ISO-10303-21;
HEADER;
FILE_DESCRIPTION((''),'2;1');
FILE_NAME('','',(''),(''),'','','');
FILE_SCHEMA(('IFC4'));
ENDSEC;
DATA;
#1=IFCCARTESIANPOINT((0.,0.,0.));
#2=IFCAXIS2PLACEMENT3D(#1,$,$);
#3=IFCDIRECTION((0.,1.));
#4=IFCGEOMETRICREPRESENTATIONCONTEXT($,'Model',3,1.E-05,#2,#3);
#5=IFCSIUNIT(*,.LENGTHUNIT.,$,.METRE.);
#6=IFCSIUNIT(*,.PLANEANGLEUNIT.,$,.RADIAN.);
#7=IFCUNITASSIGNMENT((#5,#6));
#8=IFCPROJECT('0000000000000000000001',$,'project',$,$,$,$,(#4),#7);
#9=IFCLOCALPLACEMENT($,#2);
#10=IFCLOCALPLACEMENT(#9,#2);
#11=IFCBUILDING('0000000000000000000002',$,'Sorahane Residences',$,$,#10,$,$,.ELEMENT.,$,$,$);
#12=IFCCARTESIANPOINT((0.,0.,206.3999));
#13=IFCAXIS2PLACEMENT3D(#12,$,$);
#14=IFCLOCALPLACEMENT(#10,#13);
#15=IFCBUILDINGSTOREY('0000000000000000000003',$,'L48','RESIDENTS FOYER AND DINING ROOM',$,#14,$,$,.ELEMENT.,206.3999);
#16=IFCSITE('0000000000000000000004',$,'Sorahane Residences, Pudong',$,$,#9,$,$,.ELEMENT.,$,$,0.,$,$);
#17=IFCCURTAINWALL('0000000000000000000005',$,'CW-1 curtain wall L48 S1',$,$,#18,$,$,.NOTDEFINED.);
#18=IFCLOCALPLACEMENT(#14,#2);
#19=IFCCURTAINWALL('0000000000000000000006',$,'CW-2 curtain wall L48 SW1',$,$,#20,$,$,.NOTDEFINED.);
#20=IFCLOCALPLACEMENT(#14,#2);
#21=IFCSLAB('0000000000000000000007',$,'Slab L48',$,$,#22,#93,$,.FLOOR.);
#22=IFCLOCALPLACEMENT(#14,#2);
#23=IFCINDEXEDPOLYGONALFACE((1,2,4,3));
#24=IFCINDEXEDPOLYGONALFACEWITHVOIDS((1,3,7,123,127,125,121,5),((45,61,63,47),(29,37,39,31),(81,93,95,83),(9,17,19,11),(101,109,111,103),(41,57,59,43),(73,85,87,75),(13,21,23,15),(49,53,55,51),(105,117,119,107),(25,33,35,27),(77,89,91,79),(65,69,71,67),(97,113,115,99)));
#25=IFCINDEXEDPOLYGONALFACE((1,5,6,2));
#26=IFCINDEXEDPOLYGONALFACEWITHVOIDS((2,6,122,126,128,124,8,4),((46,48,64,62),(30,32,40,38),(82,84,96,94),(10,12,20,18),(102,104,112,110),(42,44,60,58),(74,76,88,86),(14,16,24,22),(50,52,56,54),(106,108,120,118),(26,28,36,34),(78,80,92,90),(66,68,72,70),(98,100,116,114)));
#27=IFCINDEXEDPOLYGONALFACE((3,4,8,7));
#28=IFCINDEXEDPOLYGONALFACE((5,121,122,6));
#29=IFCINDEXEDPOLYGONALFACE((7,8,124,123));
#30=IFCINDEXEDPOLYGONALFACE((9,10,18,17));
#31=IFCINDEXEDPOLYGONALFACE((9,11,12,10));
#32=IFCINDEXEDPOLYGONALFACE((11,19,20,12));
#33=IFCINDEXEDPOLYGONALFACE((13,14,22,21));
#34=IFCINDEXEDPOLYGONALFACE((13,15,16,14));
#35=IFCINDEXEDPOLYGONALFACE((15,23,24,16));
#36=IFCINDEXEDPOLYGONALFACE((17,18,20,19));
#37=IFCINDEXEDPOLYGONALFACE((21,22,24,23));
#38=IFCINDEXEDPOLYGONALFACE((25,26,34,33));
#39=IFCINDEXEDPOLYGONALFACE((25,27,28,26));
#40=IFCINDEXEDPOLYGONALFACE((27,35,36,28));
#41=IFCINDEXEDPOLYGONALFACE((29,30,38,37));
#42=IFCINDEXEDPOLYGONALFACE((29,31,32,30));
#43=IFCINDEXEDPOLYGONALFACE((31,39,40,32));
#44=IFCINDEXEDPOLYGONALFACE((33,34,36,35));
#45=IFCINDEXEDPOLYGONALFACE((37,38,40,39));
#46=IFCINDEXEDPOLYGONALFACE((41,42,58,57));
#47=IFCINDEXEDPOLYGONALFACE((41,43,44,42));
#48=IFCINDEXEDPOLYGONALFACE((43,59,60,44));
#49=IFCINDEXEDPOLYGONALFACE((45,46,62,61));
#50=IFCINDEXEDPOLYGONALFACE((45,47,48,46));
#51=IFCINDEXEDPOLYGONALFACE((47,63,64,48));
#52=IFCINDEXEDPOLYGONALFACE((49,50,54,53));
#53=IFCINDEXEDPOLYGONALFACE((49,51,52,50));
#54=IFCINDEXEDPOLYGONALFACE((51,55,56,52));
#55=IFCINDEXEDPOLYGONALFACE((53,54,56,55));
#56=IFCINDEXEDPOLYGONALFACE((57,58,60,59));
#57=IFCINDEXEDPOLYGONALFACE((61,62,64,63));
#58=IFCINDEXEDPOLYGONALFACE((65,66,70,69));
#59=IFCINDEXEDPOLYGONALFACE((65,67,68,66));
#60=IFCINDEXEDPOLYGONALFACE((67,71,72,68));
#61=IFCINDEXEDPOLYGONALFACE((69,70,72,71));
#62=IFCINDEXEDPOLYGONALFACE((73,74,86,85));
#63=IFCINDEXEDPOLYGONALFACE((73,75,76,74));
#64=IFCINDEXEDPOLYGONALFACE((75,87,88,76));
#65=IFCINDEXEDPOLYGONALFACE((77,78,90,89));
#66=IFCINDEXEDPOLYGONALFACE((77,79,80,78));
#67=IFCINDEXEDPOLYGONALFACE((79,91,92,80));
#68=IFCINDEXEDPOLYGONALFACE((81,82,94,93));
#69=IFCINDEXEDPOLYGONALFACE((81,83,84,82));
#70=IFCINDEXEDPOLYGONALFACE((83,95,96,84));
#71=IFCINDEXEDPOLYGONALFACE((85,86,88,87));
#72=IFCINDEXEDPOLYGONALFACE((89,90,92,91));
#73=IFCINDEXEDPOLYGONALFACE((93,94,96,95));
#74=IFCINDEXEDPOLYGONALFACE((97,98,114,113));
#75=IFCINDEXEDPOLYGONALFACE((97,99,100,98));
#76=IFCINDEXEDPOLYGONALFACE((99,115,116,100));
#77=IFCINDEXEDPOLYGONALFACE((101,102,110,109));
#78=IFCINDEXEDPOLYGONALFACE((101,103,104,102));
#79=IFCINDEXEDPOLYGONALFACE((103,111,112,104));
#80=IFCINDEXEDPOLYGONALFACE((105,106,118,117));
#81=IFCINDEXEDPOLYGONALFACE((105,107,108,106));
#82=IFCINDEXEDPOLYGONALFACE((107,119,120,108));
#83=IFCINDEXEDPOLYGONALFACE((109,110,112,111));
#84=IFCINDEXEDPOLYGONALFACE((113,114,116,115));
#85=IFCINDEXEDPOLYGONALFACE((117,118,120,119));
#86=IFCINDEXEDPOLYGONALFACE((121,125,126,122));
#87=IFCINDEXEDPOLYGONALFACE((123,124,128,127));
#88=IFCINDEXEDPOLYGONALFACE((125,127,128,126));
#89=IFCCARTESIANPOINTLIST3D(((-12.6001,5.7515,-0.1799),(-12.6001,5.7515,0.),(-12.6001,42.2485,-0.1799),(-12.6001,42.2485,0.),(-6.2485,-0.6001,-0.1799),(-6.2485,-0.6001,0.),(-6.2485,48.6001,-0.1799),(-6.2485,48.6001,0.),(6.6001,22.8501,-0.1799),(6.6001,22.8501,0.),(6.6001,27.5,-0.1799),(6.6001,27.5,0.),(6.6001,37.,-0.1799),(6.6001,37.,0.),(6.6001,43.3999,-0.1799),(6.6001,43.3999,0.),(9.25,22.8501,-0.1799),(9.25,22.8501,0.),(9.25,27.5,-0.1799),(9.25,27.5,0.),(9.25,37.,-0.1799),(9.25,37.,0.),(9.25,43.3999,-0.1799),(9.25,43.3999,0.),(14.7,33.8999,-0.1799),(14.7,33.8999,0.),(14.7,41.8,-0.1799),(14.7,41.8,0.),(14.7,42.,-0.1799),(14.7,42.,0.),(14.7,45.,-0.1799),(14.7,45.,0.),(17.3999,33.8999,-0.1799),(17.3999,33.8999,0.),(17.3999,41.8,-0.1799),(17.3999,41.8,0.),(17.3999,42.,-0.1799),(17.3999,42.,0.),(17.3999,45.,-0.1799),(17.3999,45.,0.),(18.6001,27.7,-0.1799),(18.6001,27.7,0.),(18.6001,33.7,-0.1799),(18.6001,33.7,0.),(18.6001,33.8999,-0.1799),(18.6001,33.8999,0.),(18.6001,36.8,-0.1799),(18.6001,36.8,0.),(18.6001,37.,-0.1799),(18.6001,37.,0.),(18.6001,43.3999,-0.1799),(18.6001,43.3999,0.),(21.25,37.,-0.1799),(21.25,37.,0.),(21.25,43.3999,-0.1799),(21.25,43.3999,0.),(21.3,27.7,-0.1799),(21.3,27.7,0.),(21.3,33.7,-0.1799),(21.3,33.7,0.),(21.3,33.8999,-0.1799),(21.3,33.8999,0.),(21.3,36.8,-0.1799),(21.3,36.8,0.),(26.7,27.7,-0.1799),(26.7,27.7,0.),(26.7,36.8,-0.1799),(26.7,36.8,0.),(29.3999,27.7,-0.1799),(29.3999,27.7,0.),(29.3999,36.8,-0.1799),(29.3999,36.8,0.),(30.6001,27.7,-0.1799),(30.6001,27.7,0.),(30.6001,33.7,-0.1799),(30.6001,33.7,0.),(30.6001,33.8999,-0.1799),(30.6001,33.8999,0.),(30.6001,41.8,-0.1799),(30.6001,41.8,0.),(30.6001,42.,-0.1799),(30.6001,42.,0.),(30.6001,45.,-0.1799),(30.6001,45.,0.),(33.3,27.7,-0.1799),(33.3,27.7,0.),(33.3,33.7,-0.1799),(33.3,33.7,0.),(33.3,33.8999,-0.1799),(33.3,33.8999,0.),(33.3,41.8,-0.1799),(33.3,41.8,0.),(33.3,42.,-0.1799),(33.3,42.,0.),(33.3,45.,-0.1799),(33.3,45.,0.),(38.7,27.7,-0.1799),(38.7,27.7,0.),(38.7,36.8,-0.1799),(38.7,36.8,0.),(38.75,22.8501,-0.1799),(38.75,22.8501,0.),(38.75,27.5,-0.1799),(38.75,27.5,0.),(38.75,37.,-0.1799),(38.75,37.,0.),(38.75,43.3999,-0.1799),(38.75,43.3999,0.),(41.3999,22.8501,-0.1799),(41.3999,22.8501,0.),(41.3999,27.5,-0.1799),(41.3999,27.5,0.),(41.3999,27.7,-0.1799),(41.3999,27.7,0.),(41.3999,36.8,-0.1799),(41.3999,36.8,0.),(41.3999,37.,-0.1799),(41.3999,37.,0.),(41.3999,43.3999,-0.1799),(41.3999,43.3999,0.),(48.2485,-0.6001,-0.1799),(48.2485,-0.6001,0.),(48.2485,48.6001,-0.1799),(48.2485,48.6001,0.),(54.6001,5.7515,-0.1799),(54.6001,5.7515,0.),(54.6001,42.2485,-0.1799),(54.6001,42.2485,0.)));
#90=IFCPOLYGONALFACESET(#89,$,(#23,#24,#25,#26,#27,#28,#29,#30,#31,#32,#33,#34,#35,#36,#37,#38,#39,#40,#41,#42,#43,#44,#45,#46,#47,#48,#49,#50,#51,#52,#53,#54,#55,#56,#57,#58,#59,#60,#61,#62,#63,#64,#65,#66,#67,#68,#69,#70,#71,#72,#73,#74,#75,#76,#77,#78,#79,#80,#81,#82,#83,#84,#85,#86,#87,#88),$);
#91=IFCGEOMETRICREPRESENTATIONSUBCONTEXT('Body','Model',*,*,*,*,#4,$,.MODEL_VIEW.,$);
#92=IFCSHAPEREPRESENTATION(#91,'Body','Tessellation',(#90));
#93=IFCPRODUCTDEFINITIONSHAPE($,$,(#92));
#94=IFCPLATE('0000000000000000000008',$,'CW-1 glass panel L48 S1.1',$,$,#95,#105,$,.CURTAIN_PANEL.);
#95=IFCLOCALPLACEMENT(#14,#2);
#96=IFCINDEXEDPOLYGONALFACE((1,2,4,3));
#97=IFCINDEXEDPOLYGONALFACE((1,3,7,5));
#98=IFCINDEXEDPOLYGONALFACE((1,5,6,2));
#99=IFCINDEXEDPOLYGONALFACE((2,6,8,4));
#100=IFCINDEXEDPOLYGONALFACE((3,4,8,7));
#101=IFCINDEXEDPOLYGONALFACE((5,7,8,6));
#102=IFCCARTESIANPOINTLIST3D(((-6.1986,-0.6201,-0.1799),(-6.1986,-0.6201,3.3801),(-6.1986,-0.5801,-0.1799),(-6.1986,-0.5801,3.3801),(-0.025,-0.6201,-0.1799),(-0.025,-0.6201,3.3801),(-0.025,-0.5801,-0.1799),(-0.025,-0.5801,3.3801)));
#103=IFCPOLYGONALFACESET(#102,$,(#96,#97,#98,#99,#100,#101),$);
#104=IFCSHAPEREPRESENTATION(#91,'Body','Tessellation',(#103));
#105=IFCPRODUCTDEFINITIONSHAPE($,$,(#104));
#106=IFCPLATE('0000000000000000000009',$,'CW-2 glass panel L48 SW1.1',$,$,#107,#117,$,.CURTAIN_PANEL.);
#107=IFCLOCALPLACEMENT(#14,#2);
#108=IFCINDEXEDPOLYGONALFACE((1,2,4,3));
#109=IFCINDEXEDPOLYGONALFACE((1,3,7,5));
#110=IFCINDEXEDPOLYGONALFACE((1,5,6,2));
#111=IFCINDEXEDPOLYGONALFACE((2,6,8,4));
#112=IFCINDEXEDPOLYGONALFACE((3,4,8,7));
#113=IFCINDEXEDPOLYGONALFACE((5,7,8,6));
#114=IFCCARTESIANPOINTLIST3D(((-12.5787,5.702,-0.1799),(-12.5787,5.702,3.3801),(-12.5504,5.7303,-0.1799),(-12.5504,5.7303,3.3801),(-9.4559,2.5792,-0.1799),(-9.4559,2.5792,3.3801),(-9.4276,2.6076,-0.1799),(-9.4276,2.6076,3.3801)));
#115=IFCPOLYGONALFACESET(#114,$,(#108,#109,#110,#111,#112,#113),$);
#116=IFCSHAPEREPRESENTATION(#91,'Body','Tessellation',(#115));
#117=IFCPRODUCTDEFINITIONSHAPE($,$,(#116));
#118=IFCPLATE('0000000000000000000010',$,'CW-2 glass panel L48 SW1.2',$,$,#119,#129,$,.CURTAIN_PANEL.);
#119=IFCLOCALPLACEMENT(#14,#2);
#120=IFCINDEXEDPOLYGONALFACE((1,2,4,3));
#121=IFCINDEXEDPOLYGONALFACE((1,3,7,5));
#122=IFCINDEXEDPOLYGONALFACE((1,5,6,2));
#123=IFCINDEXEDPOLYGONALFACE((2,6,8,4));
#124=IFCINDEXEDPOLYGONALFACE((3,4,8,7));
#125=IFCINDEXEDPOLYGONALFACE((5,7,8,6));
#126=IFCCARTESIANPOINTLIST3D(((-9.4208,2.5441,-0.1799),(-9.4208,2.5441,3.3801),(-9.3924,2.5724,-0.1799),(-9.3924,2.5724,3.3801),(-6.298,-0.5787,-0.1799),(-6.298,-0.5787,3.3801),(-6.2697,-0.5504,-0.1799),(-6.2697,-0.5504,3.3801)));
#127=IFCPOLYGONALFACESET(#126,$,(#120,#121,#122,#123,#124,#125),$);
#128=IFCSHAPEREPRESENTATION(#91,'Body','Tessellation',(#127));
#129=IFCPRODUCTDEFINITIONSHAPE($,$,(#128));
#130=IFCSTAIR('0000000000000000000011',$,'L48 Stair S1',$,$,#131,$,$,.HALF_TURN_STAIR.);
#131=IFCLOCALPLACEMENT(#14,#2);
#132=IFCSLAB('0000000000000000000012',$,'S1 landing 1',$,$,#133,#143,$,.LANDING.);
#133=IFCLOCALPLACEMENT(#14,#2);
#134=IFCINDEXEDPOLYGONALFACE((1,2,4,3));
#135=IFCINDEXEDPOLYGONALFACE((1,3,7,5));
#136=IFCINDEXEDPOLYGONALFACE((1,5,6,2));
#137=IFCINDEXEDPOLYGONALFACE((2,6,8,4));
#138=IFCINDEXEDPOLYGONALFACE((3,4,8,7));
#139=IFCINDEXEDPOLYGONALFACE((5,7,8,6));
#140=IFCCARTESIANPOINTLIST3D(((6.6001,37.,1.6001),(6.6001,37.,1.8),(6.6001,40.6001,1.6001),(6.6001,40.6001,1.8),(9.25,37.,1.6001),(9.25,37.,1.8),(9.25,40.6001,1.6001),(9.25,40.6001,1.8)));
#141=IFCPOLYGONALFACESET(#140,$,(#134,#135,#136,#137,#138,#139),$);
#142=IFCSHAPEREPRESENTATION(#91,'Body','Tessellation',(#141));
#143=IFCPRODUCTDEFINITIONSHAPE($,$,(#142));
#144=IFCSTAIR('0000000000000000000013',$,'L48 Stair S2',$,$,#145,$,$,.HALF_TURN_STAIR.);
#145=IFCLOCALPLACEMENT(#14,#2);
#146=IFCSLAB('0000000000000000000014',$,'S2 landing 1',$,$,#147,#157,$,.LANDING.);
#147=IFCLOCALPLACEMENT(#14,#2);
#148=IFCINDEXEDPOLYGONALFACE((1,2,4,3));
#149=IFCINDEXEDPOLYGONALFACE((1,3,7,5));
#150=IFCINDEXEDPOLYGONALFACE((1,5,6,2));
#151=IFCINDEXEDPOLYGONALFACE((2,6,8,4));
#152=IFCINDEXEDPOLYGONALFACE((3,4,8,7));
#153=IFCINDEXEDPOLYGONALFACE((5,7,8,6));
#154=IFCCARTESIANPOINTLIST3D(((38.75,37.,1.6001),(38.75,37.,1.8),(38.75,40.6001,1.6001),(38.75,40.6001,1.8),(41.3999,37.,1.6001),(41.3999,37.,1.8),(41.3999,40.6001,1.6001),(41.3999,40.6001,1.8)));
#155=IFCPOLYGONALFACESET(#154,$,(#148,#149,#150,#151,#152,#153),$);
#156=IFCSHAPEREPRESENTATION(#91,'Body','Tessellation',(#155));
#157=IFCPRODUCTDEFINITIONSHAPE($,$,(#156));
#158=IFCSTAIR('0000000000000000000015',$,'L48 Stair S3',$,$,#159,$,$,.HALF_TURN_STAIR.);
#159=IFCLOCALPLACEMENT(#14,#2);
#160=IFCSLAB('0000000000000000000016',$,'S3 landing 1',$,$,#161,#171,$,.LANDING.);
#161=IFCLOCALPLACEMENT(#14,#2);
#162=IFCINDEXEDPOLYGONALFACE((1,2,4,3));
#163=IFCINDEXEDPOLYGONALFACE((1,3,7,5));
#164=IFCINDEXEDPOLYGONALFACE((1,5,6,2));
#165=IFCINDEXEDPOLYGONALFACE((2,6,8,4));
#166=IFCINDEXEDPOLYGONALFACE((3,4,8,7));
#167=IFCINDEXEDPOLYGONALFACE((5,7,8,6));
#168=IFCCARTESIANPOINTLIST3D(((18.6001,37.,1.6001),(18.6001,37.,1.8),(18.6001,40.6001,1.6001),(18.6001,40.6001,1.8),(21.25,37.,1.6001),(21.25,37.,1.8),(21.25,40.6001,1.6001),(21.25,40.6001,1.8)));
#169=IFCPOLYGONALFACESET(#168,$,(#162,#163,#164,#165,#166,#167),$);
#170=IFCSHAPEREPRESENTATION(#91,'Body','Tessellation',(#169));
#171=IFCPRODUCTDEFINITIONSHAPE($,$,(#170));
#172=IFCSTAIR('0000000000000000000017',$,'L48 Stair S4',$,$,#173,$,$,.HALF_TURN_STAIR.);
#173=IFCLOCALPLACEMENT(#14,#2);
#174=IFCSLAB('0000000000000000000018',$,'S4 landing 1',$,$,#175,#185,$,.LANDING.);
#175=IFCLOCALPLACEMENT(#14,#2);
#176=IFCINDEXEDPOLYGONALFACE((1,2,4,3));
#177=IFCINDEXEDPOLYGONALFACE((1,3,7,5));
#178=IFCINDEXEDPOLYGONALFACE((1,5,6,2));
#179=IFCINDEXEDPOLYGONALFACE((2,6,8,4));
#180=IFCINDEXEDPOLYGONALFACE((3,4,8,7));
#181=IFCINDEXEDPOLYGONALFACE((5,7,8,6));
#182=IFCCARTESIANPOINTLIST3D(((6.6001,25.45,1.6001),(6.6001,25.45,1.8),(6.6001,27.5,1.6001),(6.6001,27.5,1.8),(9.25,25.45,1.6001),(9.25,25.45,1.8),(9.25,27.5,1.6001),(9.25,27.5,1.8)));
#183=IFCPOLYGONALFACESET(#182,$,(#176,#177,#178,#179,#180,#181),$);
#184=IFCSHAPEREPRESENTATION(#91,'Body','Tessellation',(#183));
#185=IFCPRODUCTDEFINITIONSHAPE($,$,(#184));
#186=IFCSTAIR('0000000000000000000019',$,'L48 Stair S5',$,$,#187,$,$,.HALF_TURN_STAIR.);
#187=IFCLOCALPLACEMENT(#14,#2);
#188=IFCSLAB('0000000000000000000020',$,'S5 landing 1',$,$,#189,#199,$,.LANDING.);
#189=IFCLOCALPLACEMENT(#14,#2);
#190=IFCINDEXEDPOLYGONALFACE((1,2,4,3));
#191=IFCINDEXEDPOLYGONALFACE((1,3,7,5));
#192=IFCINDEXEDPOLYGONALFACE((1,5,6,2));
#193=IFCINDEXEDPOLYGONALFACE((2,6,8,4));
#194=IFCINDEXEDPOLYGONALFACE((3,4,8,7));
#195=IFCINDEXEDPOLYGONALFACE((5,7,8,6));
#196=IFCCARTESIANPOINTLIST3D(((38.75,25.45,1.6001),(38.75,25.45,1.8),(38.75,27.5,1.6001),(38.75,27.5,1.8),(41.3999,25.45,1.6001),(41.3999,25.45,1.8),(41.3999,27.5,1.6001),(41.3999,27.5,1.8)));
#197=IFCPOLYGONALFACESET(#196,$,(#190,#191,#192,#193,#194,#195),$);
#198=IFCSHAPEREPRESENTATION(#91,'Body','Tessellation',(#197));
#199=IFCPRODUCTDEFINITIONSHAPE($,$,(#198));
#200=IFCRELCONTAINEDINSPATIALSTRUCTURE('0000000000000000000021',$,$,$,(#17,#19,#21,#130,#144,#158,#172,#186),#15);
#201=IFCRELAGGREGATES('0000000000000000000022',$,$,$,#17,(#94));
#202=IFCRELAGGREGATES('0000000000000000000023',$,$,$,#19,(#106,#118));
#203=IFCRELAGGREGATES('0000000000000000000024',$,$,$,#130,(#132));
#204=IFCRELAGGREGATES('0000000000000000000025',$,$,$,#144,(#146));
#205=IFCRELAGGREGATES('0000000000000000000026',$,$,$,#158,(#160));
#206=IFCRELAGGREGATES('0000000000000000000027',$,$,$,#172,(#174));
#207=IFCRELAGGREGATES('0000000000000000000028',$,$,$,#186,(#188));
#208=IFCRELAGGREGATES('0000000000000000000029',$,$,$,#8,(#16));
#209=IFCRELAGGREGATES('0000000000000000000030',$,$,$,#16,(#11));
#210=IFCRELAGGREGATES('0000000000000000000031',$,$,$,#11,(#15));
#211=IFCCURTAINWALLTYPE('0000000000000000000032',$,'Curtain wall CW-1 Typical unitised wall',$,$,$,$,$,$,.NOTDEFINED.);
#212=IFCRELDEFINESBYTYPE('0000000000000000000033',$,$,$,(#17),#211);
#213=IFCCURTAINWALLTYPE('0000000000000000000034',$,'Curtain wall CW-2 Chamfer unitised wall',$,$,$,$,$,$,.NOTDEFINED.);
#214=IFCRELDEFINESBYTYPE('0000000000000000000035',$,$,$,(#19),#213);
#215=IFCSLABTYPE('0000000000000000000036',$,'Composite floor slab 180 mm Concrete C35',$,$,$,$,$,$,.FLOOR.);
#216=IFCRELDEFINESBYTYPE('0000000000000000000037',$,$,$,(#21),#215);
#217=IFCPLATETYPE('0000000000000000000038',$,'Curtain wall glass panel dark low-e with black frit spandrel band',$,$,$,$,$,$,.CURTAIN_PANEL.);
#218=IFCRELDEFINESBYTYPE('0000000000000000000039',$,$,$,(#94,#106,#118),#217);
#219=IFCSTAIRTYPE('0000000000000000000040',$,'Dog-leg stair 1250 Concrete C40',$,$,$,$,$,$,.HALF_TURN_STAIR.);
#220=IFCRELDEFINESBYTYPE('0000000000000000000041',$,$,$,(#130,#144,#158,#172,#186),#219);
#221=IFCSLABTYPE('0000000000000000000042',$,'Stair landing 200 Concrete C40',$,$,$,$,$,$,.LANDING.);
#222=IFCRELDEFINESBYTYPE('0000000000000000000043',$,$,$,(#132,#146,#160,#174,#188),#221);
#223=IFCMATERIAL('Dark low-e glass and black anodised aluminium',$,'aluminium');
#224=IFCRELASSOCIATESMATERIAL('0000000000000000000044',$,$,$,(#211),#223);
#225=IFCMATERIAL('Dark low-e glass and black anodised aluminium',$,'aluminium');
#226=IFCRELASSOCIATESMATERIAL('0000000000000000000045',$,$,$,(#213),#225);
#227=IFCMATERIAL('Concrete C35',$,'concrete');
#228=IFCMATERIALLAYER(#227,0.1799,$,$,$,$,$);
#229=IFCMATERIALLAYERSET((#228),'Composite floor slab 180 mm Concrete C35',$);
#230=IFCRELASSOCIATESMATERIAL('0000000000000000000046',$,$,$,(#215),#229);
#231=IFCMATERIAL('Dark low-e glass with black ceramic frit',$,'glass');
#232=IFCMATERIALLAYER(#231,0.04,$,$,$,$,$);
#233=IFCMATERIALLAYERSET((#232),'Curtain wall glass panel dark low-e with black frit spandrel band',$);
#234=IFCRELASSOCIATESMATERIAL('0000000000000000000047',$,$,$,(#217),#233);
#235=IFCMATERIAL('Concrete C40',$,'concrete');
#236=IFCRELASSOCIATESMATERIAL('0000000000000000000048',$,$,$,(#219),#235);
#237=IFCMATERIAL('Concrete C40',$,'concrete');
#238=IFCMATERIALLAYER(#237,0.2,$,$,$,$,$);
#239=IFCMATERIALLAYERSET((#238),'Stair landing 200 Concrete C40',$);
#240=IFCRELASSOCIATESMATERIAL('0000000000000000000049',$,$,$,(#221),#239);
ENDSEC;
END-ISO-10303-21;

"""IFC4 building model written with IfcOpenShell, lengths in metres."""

from ifc_helpers import new_model, si_unit, direction, frame, origin, origin_2d, place, context, subcontext, project, spatial, polyline, rectangle, outline, extrude, material, layer, layer_set, type_object, element, aggregate, save


model = new_model("IFC4")

# Units and contexts
model_context = context("Model", 3, precision=1e-05, world=origin(), true_north=direction((0.0, 1.0)))
body_context = subcontext(model_context, "Body", "Model", "MODEL_VIEW")
ifc_project = project(units=[si_unit("LENGTHUNIT", "METRE"), si_unit("PLANEANGLEUNIT", "RADIAN")], contexts=[model_context])

# Site, building, storey
site_placement = place(None, origin())
site = spatial("IfcSite", under=ifc_project, at=site_placement, Name="Sorahane Residences, Pudong", CompositionType="ELEMENT", RefElevation=0.0)
building_placement = place(site_placement, origin())
building = spatial("IfcBuilding", under=site, at=building_placement, Name="Sorahane Residences", CompositionType="ELEMENT")
storey_placement = place(building_placement, frame((0.0, 0.0, 206.3999)))
storey = spatial("IfcBuildingStorey", under=building, at=storey_placement, Name="L48", Description="RESIDENTS FOYER AND DINING ROOM", CompositionType="ELEMENT", Elevation=206.3999)

# Curtain wall
ifc_material_1 = material(Name="Dark low-e glass and black anodised aluminium", Category="aluminium")
curtain_wall_type_1 = type_object("IfcCurtainWallType", Name="Curtain wall CW-1 Typical unitised wall", PredefinedType="NOTDEFINED", material=ifc_material_1)
curtain_wall_1_placement = place(storey_placement, origin())
curtain_wall_1 = element("IfcCurtainWall", 1, at=curtain_wall_1_placement, inside=storey, type_object=curtain_wall_type_1, Name="CW-1 curtain wall L48 S1", PredefinedType="NOTDEFINED")

# Curtain wall
ifc_material_2 = material(Name="Dark low-e glass and black anodised aluminium", Category="aluminium")
curtain_wall_type_2 = type_object("IfcCurtainWallType", Name="Curtain wall CW-2 Chamfer unitised wall", PredefinedType="NOTDEFINED", material=ifc_material_2)
curtain_wall_2_placement = place(storey_placement, origin())
curtain_wall_2 = element("IfcCurtainWall", 2, at=curtain_wall_2_placement, inside=storey, type_object=curtain_wall_type_2, Name="CW-2 curtain wall L48 SW1", PredefinedType="NOTDEFINED")

# Slab
ifc_material_3 = material(Name="Concrete C35", Category="concrete")
ifc_layer_1 = layer(ifc_material_3, 0.1799)
ifc_layer_set_1 = layer_set([ifc_layer_1], Name="Composite floor slab 180 mm Concrete C35")
slab_type_1 = type_object("IfcSlabType", Name="Composite floor slab 180 mm Concrete C35", PredefinedType="FLOOR", material=ifc_layer_set_1)
slab_1_placement = place(storey_placement, frame((0.0, 0.0, -0.1799)))
element("IfcSlab", 3, at=slab_1_placement, inside=storey, type_object=slab_type_1, Name="Slab L48", PredefinedType="FLOOR", context=body_context, shape_type="SweptSolid", body=[
    extrude(outline(polyline([(-6.2485, -0.6001), (-12.6001, 5.7515), (-12.6001, 42.2485), (-6.2485, 48.6001), (48.2485, 48.6001), (54.6001, 42.2485), (54.6001, 5.7515), (48.2485, -0.6001), (-6.2485, -0.6001)]), holes=[polyline([(18.6001, 27.7), (21.3, 27.7), (21.3, 33.7), (18.6001, 33.7), (18.6001, 27.7)]), polyline([(38.7, 27.7), (41.3999, 27.7), (41.3999, 36.8), (38.7, 36.8), (38.7, 27.7)]), polyline([(30.6001, 27.7), (33.3, 27.7), (33.3, 33.7), (30.6001, 33.7), (30.6001, 27.7)]), polyline([(30.6001, 42.0), (33.3, 42.0), (33.3, 45.0), (30.6001, 45.0), (30.6001, 42.0)]), polyline([(14.7, 42.0), (17.3999, 42.0), (17.3999, 45.0), (14.7, 45.0), (14.7, 42.0)]), polyline([(6.6001, 43.3999), (6.6001, 37.0), (9.25, 37.0), (9.25, 43.3999), (6.6001, 43.3999)]), polyline([(38.75, 43.3999), (38.75, 37.0), (41.3999, 37.0), (41.3999, 43.3999), (38.75, 43.3999)]), polyline([(18.6001, 43.3999), (18.6001, 37.0), (21.25, 37.0), (21.25, 43.3999), (18.6001, 43.3999)]), polyline([(9.25, 22.8501), (9.25, 27.5), (6.6001, 27.5), (6.6001, 22.8501), (9.25, 22.8501)]), polyline([(41.3999, 22.8501), (41.3999, 27.5), (38.75, 27.5), (38.75, 22.8501), (41.3999, 22.8501)]), polyline([(14.7, 33.8999), (17.3999, 33.8999), (17.3999, 41.8), (14.7, 41.8), (14.7, 33.8999)]), polyline([(30.6001, 33.8999), (33.3, 33.8999), (33.3, 41.8), (30.6001, 41.8), (30.6001, 33.8999)]), polyline([(18.6001, 33.8999), (21.3, 33.8999), (21.3, 36.8), (18.6001, 36.8), (18.6001, 33.8999)]), polyline([(26.7, 27.7), (29.3999, 27.7), (29.3999, 36.8), (26.7, 36.8), (26.7, 27.7)])]), origin(), (0.0, 0.0, 1.0), 0.1799),
])

# Plates
ifc_material_4 = material(Name="Dark low-e glass with black ceramic frit", Category="glass")
ifc_layer_2 = layer(ifc_material_4, 0.04)
ifc_layer_set_2 = layer_set([ifc_layer_2], Name="Curtain wall glass panel dark low-e with black frit spandrel band")
plate_type = type_object("IfcPlateType", Name="Curtain wall glass panel dark low-e with black frit spandrel band", PredefinedType="CURTAIN_PANEL", material=ifc_layer_set_2)
plate_1_placement = place(storey_placement, frame((-3.1118, -0.6001, -0.1799), z_axis=(0.0, 0.0, 1.0), x_axis=(1.0, 0.0, 0.0)))
plate_1 = element("IfcPlate", 4, at=plate_1_placement, type_object=plate_type, Name="CW-1 glass panel L48 S1.1", PredefinedType="CURTAIN_PANEL", context=body_context, shape_type="SweptSolid", body=[
    extrude(rectangle(XDim=6.1736, YDim=0.04, at=origin_2d()), origin(), (0.0, 0.0, 1.0), 3.5601),
])
aggregate(curtain_wall_1, [plate_1])
plate_2_placement = place(storey_placement, frame((-11.0032, 4.1548, -0.1799), z_axis=(0.0, 0.0, 1.0), x_axis=(0.707107, -0.707107, 0.0)))
plate_2 = element("IfcPlate", 5, at=plate_2_placement, type_object=plate_type, Name="CW-2 glass panel L48 SW1.1", PredefinedType="CURTAIN_PANEL", context=body_context, shape_type="SweptSolid", body=[
    extrude(rectangle(XDim=4.4163, YDim=0.04, at=origin_2d()), origin(), (0.0, 0.0, 1.0), 3.5601),
])
plate_3_placement = place(storey_placement, frame((-7.8452, 0.9968, -0.1799), z_axis=(0.0, 0.0, 1.0), x_axis=(0.707107, -0.707107, 0.0)))
plate_3 = element("IfcPlate", 6, at=plate_3_placement, type_object=plate_type, Name="CW-2 glass panel L48 SW1.2", PredefinedType="CURTAIN_PANEL", context=body_context, shape_type="SweptSolid", body=[
    extrude(rectangle(XDim=4.4163, YDim=0.04, at=origin_2d()), origin(), (0.0, 0.0, 1.0), 3.5601),
])
aggregate(curtain_wall_2, [plate_2, plate_3])

# Stairs, slabs
ifc_material_5 = material(Name="Concrete C40", Category="concrete")
stair_type = type_object("IfcStairType", Name="Dog-leg stair 1250 Concrete C40", PredefinedType="HALF_TURN_STAIR", material=ifc_material_5)
stair_1_placement = place(storey_placement, origin())
stair_1 = element("IfcStair", 7, at=stair_1_placement, inside=storey, type_object=stair_type, Name="L48 Stair S1", PredefinedType="HALF_TURN_STAIR")
ifc_material_6 = material(Name="Concrete C40", Category="concrete")
ifc_layer_3 = layer(ifc_material_6, 0.2)
ifc_layer_set_3 = layer_set([ifc_layer_3], Name="Stair landing 200 Concrete C40")
slab_type_2 = type_object("IfcSlabType", Name="Stair landing 200 Concrete C40", PredefinedType="LANDING", material=ifc_layer_set_3)
slab_2_placement = place(storey_placement, frame((0.0, 0.0, 1.6001)))
slab_2 = element("IfcSlab", 8, at=slab_2_placement, type_object=slab_type_2, Name="S1 landing 1", PredefinedType="LANDING", context=body_context, shape_type="SweptSolid", body=[
    extrude(outline(polyline([(6.6001, 40.6001), (6.6001, 37.0), (9.25, 37.0), (9.25, 40.6001), (6.6001, 40.6001)])), origin(), (0.0, 0.0, 1.0), 0.2),
])
aggregate(stair_1, [slab_2])
stair_2_placement = place(storey_placement, origin())
stair_2 = element("IfcStair", 9, at=stair_2_placement, inside=storey, type_object=stair_type, Name="L48 Stair S2", PredefinedType="HALF_TURN_STAIR")
slab_3_placement = place(storey_placement, frame((0.0, 0.0, 1.6001)))
slab_3 = element("IfcSlab", 10, at=slab_3_placement, type_object=slab_type_2, Name="S2 landing 1", PredefinedType="LANDING", context=body_context, shape_type="SweptSolid", body=[
    extrude(outline(polyline([(38.75, 40.6001), (38.75, 37.0), (41.3999, 37.0), (41.3999, 40.6001), (38.75, 40.6001)])), origin(), (0.0, 0.0, 1.0), 0.2),
])
aggregate(stair_2, [slab_3])
stair_3_placement = place(storey_placement, origin())
stair_3 = element("IfcStair", 11, at=stair_3_placement, inside=storey, type_object=stair_type, Name="L48 Stair S3", PredefinedType="HALF_TURN_STAIR")
slab_4_placement = place(storey_placement, frame((0.0, 0.0, 1.6001)))
slab_4 = element("IfcSlab", 12, at=slab_4_placement, type_object=slab_type_2, Name="S3 landing 1", PredefinedType="LANDING", context=body_context, shape_type="SweptSolid", body=[
    extrude(outline(polyline([(18.6001, 40.6001), (18.6001, 37.0), (21.25, 37.0), (21.25, 40.6001), (18.6001, 40.6001)])), origin(), (0.0, 0.0, 1.0), 0.2),
])
aggregate(stair_3, [slab_4])
stair_4_placement = place(storey_placement, origin())
stair_4 = element("IfcStair", 13, at=stair_4_placement, inside=storey, type_object=stair_type, Name="L48 Stair S4", PredefinedType="HALF_TURN_STAIR")
slab_5_placement = place(storey_placement, frame((0.0, 0.0, 1.6001)))
slab_5 = element("IfcSlab", 14, at=slab_5_placement, type_object=slab_type_2, Name="S4 landing 1", PredefinedType="LANDING", context=body_context, shape_type="SweptSolid", body=[
    extrude(outline(polyline([(9.25, 25.45), (9.25, 27.5), (6.6001, 27.5), (6.6001, 25.45), (9.25, 25.45)])), origin(), (0.0, 0.0, 1.0), 0.2),
])
aggregate(stair_4, [slab_5])
stair_5_placement = place(storey_placement, origin())
stair_5 = element("IfcStair", 15, at=stair_5_placement, inside=storey, type_object=stair_type, Name="L48 Stair S5", PredefinedType="HALF_TURN_STAIR")
slab_6_placement = place(storey_placement, frame((0.0, 0.0, 1.6001)))
slab_6 = element("IfcSlab", 16, at=slab_6_placement, type_object=slab_type_2, Name="S5 landing 1", PredefinedType="LANDING", context=body_context, shape_type="SweptSolid", body=[
    extrude(outline(polyline([(41.3999, 25.45), (41.3999, 27.5), (38.75, 27.5), (38.75, 25.45), (41.3999, 25.45)])), origin(), (0.0, 0.0, 1.0), 0.2),
])
aggregate(stair_5, [slab_6])

save(model, "model.ifc")
